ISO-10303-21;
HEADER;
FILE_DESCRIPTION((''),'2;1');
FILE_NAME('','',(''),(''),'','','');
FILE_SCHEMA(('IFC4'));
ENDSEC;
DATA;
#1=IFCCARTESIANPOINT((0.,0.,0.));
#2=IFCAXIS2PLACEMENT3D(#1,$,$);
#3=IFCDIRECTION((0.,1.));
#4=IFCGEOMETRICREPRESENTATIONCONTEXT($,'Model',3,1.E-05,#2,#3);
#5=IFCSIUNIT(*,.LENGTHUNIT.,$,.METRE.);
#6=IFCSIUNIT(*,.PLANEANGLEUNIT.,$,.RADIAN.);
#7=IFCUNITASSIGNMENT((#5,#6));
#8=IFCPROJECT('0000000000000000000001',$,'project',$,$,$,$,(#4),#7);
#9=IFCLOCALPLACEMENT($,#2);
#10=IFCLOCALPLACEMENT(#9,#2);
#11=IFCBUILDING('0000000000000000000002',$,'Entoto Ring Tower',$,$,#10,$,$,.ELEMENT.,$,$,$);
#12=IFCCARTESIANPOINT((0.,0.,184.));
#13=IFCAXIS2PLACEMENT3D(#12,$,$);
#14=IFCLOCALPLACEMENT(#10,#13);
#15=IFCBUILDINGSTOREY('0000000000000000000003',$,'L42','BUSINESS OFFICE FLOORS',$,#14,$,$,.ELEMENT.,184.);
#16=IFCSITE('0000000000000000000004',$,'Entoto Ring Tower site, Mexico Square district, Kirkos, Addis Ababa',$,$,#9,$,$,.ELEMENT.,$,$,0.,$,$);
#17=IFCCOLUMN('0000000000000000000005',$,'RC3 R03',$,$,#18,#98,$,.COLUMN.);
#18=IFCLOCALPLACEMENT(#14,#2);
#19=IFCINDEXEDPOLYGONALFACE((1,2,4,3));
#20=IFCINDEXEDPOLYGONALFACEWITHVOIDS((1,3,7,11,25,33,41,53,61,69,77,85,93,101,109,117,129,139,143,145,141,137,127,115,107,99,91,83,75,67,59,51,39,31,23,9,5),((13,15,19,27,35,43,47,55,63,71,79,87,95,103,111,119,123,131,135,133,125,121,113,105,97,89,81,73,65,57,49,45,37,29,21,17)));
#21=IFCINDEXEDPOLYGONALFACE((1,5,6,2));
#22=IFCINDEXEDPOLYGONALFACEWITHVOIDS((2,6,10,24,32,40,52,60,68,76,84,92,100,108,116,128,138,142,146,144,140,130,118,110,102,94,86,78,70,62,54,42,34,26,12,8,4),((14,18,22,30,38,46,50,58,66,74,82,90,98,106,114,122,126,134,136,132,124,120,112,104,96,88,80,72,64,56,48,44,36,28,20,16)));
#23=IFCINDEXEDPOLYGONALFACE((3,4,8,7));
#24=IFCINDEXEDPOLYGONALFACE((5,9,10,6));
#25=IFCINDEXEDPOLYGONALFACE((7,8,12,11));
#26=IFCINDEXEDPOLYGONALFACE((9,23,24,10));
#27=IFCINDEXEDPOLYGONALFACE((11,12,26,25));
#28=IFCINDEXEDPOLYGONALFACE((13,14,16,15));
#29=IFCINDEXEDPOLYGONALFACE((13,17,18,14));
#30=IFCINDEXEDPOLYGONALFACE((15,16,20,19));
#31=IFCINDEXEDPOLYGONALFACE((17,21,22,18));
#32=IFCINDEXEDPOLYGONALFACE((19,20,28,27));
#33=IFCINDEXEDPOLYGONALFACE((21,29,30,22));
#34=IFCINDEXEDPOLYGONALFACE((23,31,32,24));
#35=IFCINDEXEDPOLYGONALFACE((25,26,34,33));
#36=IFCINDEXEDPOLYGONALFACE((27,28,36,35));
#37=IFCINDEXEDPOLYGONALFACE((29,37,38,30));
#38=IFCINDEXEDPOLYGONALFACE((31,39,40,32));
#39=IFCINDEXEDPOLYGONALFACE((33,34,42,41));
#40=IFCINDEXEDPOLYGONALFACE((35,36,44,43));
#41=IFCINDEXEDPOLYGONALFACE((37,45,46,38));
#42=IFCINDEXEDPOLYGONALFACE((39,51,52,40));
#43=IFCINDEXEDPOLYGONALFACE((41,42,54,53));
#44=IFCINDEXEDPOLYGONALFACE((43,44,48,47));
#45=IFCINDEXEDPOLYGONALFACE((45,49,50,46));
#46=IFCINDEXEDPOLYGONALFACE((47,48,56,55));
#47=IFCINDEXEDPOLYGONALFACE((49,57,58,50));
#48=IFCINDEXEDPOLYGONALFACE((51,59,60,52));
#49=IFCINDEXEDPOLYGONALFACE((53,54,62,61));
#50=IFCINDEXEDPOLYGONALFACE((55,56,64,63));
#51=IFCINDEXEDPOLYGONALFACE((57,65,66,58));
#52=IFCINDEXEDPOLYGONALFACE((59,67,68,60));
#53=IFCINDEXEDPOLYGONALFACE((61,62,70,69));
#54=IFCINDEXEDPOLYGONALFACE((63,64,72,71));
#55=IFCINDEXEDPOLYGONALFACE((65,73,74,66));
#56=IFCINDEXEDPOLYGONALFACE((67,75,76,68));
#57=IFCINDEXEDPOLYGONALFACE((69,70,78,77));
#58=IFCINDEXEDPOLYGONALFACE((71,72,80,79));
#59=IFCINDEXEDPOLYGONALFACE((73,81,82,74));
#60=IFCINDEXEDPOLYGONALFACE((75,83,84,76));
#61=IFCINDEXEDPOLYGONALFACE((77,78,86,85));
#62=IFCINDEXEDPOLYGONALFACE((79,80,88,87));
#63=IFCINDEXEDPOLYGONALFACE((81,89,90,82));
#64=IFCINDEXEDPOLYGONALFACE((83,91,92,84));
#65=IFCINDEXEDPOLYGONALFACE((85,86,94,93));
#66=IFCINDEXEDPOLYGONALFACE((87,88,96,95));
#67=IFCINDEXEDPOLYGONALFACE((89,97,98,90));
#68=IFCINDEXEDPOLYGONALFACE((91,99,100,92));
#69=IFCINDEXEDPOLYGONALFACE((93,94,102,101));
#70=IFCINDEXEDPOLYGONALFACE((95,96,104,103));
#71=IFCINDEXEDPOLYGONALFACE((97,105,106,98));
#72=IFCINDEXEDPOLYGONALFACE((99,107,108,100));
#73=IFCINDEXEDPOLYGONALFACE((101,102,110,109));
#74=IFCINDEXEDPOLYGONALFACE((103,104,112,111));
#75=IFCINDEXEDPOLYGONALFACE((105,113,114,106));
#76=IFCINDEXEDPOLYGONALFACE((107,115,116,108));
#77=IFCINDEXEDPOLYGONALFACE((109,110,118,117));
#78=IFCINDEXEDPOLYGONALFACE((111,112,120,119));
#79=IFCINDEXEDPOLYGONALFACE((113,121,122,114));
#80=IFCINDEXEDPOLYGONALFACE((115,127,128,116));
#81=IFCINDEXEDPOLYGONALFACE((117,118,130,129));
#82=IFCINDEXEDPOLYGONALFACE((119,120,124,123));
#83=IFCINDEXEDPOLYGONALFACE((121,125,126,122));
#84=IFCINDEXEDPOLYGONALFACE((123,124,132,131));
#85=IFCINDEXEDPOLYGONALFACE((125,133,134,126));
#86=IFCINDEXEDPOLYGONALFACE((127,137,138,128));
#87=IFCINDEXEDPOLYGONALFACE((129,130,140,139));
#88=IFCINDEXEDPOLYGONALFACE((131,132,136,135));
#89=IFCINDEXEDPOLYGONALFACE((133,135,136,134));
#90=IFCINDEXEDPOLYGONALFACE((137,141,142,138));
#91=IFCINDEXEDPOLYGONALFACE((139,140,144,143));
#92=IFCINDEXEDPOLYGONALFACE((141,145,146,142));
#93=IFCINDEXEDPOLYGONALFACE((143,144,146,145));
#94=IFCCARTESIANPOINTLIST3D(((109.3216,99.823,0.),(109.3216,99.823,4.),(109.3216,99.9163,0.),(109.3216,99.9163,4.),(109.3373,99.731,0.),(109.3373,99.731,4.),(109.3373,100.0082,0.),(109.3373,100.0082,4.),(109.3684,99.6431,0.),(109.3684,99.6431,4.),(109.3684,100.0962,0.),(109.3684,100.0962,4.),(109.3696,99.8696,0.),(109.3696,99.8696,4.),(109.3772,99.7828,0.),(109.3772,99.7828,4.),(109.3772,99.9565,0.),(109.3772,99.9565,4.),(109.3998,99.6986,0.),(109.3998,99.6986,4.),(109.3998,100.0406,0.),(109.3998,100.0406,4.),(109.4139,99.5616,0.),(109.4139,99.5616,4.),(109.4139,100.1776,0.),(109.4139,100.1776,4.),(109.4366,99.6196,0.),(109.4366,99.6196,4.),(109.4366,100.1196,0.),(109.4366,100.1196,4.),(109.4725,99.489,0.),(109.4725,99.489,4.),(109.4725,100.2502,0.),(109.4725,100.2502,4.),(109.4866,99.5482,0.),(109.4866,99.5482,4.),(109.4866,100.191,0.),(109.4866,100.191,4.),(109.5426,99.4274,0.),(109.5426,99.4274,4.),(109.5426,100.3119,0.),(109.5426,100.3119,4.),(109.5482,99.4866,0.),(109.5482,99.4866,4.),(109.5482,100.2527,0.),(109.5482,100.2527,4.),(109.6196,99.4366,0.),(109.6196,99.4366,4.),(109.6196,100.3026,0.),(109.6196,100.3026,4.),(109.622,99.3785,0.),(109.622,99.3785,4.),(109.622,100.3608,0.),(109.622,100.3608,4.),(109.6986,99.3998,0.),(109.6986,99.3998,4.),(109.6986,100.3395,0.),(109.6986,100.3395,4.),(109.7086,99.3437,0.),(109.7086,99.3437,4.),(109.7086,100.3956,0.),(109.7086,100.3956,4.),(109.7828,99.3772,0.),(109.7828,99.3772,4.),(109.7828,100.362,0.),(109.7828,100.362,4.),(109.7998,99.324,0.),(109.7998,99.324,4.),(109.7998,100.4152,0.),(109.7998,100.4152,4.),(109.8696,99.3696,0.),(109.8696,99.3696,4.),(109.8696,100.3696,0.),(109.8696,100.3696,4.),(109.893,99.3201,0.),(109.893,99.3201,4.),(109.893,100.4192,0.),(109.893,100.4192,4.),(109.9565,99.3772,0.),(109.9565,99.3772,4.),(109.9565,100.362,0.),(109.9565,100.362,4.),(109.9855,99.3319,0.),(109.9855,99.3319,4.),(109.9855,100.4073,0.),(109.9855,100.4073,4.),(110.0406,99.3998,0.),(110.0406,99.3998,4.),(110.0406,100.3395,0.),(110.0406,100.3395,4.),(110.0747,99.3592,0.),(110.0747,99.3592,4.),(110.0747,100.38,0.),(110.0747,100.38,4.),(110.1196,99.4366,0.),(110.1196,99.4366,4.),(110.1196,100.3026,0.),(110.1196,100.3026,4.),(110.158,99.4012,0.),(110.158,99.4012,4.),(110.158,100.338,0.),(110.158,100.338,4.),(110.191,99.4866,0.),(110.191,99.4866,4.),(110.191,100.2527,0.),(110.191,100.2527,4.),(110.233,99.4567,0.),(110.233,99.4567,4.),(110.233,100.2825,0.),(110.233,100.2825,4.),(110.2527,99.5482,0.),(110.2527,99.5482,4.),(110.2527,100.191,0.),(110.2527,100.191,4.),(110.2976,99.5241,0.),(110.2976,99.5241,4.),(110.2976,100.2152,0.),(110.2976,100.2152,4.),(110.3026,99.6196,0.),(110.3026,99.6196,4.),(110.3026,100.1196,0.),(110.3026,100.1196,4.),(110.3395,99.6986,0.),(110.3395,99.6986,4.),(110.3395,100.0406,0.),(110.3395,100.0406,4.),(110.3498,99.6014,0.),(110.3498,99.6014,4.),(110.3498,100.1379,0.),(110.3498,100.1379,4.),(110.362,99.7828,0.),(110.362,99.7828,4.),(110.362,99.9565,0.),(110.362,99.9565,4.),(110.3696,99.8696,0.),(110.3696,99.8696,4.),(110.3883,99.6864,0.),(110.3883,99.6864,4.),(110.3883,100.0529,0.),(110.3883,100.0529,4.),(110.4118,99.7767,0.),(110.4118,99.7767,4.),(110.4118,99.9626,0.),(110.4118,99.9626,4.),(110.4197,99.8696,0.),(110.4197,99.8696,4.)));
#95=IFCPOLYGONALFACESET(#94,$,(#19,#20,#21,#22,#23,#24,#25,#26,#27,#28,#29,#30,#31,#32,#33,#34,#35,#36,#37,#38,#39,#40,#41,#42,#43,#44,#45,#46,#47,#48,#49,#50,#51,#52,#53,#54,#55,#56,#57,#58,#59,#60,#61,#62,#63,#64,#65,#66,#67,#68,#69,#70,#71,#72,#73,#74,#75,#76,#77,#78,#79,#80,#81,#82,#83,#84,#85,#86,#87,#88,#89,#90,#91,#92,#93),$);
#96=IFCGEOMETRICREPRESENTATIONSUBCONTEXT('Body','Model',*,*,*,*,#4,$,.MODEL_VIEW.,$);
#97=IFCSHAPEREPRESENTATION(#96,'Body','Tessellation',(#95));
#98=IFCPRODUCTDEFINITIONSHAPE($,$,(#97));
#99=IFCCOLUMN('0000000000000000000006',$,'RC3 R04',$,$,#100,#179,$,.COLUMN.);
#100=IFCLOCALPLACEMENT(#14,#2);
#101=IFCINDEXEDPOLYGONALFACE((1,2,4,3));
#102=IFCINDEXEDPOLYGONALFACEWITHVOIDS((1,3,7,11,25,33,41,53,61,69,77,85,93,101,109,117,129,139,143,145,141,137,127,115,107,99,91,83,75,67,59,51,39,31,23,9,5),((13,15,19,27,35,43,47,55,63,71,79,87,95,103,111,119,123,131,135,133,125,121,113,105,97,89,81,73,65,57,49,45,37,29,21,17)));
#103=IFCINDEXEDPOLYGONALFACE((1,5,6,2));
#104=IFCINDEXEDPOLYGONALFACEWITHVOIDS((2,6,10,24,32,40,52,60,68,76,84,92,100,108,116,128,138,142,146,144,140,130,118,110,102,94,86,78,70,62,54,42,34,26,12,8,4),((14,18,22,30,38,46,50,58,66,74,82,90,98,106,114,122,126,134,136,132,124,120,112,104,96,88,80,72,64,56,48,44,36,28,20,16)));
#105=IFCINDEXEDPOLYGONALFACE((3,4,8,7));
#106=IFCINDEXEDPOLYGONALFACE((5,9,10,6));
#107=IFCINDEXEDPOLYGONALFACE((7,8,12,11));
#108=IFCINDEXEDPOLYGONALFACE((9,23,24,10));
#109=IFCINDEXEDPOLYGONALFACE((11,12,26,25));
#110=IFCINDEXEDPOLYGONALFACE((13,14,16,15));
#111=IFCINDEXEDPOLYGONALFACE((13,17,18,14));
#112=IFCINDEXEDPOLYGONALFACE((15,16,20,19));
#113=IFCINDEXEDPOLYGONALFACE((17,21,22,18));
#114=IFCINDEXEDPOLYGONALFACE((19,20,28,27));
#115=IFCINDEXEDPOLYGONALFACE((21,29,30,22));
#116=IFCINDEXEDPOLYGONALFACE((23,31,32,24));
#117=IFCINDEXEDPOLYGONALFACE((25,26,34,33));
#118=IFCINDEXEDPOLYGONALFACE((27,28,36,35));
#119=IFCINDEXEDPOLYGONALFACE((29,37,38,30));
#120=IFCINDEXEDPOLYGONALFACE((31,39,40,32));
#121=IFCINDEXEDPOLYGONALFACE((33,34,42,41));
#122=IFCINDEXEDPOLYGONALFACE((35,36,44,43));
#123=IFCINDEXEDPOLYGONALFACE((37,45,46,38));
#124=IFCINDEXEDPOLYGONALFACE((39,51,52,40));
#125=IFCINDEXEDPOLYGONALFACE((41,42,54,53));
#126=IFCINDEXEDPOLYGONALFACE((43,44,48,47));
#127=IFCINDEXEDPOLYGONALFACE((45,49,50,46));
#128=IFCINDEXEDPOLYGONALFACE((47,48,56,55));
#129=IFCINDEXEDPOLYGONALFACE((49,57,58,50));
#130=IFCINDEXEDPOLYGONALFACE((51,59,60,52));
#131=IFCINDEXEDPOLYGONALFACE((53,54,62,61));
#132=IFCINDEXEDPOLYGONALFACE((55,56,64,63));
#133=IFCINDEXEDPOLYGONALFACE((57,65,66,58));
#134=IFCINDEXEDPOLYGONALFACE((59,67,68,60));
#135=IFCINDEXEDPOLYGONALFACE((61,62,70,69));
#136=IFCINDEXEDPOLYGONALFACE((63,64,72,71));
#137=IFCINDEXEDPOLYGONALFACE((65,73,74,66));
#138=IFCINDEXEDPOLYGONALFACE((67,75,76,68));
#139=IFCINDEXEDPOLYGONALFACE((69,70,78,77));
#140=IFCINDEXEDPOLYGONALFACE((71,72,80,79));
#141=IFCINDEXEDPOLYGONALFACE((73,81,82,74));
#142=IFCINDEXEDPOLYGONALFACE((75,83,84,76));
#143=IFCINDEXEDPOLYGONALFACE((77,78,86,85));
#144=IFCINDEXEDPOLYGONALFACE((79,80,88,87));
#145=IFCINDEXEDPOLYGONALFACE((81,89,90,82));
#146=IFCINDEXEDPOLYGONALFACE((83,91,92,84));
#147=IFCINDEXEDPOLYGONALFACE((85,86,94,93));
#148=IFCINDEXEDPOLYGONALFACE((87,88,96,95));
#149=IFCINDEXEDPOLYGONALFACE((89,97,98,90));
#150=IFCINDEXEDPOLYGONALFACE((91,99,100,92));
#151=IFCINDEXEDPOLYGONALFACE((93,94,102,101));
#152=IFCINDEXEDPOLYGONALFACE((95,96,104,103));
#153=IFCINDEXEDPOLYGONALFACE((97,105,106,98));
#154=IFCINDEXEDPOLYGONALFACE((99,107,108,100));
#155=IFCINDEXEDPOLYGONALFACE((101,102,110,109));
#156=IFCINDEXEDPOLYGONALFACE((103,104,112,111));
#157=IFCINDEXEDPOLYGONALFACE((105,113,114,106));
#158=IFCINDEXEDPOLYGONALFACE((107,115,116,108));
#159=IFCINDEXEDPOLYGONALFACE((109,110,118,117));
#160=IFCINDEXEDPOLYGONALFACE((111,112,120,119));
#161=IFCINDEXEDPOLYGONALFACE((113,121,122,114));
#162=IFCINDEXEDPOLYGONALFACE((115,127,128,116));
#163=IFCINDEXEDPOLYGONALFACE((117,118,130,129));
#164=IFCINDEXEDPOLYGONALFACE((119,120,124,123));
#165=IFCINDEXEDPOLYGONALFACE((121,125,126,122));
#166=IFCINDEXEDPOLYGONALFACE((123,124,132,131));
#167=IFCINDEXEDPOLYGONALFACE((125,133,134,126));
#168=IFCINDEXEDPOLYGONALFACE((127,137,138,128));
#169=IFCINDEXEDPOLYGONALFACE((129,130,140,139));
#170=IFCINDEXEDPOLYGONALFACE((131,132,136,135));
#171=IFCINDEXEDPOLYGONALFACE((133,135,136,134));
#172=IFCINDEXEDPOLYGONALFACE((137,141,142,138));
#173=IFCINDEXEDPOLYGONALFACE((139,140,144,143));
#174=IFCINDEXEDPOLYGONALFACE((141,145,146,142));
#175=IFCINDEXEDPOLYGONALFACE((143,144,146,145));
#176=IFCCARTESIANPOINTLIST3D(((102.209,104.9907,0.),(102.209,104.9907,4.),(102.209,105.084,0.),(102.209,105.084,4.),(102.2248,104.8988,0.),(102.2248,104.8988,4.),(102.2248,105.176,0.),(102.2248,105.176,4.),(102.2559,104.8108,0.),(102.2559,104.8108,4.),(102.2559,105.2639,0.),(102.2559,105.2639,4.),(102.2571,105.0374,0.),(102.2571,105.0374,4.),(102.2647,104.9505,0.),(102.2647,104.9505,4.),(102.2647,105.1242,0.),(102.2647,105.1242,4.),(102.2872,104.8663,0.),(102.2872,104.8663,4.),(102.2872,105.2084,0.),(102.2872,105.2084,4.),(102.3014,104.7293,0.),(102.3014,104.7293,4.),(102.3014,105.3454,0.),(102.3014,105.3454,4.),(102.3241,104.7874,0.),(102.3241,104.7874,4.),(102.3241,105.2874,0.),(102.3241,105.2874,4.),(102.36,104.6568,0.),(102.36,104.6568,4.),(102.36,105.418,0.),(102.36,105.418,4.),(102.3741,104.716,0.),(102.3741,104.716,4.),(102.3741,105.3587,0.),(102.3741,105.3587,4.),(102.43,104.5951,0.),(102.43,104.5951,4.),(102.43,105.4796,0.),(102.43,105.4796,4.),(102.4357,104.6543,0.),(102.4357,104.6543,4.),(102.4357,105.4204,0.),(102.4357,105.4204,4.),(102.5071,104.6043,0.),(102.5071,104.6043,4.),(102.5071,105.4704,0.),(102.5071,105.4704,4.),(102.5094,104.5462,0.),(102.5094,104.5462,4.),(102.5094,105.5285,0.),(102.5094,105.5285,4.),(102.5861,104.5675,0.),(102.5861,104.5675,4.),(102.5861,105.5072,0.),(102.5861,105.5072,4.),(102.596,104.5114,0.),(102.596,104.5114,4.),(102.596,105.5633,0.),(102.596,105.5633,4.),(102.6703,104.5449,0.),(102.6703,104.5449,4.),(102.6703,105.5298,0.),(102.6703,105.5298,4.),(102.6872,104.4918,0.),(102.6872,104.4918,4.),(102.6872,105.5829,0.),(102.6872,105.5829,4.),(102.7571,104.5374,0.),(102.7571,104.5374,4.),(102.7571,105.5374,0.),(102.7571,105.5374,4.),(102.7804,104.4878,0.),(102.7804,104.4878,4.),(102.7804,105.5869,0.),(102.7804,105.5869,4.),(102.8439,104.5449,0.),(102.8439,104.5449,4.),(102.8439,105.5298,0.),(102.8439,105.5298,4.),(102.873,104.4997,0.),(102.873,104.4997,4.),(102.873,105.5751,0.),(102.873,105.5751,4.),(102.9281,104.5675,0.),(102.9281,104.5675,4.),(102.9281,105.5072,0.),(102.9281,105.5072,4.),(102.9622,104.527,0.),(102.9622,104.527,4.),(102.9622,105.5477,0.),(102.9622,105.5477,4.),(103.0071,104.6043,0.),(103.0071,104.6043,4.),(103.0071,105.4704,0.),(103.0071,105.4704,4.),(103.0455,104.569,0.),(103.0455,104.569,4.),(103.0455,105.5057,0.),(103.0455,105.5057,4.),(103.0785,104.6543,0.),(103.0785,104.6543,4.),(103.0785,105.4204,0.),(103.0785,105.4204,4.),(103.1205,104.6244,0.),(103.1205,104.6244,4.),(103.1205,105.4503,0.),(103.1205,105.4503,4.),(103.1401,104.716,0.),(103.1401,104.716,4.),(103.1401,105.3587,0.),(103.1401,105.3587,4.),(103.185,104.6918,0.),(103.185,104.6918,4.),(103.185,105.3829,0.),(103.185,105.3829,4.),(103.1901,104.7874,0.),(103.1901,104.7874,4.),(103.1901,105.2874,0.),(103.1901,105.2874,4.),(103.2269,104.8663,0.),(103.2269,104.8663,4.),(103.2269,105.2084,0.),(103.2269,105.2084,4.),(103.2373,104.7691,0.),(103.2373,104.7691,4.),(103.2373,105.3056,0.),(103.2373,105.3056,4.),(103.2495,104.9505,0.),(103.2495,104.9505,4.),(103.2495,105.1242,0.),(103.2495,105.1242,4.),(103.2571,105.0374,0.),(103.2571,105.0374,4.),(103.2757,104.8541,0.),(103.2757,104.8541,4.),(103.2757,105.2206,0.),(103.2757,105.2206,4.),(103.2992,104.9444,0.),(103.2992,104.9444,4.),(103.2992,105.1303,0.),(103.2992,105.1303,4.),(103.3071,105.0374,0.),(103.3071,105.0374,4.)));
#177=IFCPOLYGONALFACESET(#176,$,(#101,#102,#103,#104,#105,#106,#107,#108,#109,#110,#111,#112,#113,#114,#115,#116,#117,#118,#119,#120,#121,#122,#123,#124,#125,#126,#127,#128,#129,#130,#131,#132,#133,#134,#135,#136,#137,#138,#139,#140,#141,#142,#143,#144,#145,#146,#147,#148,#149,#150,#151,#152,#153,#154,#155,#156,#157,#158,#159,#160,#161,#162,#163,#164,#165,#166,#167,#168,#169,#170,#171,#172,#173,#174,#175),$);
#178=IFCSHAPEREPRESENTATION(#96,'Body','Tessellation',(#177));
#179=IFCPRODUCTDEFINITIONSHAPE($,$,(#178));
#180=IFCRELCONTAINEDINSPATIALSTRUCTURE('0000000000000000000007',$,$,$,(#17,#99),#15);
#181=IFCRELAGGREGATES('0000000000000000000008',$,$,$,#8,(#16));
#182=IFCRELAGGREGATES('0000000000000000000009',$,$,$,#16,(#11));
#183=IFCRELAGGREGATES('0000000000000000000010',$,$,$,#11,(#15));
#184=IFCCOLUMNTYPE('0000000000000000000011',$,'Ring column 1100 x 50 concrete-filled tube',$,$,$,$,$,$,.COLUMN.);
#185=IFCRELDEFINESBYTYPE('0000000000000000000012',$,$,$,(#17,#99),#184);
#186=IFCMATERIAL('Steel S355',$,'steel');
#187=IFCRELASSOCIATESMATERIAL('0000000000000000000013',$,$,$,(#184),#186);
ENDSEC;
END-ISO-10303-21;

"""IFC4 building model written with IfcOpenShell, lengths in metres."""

from ifc_helpers import new_model, si_unit, direction, frame, origin, origin_2d, place, context, subcontext, project, spatial, circle, hollow_circle, extrude, material, material_profile, profile_set, type_object, element, save


model = new_model("IFC4")

# Units and contexts
model_context = context("Model", 3, precision=1e-05, world=origin(), true_north=direction((0.0, 1.0)))
body_context = subcontext(model_context, "Body", "Model", "MODEL_VIEW")
ifc_project = project(units=[si_unit("LENGTHUNIT", "METRE"), si_unit("PLANEANGLEUNIT", "RADIAN")], contexts=[model_context])

# Site, building, storey
site_placement = place(None, origin())
site = spatial("IfcSite", under=ifc_project, at=site_placement, Name="Entoto Ring Tower site, Mexico Square district, Kirkos, Addis Ababa", CompositionType="ELEMENT", RefElevation=0.0)
building_placement = place(site_placement, origin())
building = spatial("IfcBuilding", under=site, at=building_placement, Name="Entoto Ring Tower", CompositionType="ELEMENT")
storey_placement = place(building_placement, frame((0.0, 0.0, 184.0)))
storey = spatial("IfcBuildingStorey", under=building, at=storey_placement, Name="L42", Description="BUSINESS OFFICE FLOORS", CompositionType="ELEMENT", Elevation=184.0)

# Columns
ifc_material_1 = material(Name="Steel S355", Category="steel")
ifc_material_profile_1 = material_profile(ifc_material_1, hollow_circle(Radius=0.55, WallThickness=0.05, at=origin_2d()), Name="CHS 1100 x 50")
ifc_material_2 = material(Name="Concrete C60/75", Category="concrete")
ifc_material_profile_2 = material_profile(ifc_material_2, circle(Radius=0.5, at=origin_2d()), Name="Concrete C60/75 infill")
ifc_profile_set_1 = profile_set([ifc_material_profile_1, ifc_material_profile_2], Name="Steel S355")
column_type = type_object("IfcColumnType", Name="Ring column 1100 x 50 concrete-filled tube", PredefinedType="COLUMN", material=ifc_profile_set_1)
for number, where, z_axis, x_axis, name in (
    (1, (109.8696, 99.8696, 0.0), (0.0, 0.0, 1.0), (1.0, 0.0, 0.0), "RC3 R03"),
    (2, (102.7571, 105.0374, 0.0), (0.0, 0.0, 1.0), (1.0, 0.0, 0.0), "RC3 R04"),
):
    element("IfcColumn", number, at=place(storey_placement, frame(where, z_axis=z_axis, x_axis=x_axis)), inside=storey, type_object=column_type, Name=name, PredefinedType="COLUMN", context=body_context, shape_type="SweptSolid", body=[
        extrude(hollow_circle(Radius=0.55, WallThickness=0.05, at=origin_2d()), origin(), (0.0, 0.0, 1.0), 4.0),
    ])

save(model, "model.ifc")
